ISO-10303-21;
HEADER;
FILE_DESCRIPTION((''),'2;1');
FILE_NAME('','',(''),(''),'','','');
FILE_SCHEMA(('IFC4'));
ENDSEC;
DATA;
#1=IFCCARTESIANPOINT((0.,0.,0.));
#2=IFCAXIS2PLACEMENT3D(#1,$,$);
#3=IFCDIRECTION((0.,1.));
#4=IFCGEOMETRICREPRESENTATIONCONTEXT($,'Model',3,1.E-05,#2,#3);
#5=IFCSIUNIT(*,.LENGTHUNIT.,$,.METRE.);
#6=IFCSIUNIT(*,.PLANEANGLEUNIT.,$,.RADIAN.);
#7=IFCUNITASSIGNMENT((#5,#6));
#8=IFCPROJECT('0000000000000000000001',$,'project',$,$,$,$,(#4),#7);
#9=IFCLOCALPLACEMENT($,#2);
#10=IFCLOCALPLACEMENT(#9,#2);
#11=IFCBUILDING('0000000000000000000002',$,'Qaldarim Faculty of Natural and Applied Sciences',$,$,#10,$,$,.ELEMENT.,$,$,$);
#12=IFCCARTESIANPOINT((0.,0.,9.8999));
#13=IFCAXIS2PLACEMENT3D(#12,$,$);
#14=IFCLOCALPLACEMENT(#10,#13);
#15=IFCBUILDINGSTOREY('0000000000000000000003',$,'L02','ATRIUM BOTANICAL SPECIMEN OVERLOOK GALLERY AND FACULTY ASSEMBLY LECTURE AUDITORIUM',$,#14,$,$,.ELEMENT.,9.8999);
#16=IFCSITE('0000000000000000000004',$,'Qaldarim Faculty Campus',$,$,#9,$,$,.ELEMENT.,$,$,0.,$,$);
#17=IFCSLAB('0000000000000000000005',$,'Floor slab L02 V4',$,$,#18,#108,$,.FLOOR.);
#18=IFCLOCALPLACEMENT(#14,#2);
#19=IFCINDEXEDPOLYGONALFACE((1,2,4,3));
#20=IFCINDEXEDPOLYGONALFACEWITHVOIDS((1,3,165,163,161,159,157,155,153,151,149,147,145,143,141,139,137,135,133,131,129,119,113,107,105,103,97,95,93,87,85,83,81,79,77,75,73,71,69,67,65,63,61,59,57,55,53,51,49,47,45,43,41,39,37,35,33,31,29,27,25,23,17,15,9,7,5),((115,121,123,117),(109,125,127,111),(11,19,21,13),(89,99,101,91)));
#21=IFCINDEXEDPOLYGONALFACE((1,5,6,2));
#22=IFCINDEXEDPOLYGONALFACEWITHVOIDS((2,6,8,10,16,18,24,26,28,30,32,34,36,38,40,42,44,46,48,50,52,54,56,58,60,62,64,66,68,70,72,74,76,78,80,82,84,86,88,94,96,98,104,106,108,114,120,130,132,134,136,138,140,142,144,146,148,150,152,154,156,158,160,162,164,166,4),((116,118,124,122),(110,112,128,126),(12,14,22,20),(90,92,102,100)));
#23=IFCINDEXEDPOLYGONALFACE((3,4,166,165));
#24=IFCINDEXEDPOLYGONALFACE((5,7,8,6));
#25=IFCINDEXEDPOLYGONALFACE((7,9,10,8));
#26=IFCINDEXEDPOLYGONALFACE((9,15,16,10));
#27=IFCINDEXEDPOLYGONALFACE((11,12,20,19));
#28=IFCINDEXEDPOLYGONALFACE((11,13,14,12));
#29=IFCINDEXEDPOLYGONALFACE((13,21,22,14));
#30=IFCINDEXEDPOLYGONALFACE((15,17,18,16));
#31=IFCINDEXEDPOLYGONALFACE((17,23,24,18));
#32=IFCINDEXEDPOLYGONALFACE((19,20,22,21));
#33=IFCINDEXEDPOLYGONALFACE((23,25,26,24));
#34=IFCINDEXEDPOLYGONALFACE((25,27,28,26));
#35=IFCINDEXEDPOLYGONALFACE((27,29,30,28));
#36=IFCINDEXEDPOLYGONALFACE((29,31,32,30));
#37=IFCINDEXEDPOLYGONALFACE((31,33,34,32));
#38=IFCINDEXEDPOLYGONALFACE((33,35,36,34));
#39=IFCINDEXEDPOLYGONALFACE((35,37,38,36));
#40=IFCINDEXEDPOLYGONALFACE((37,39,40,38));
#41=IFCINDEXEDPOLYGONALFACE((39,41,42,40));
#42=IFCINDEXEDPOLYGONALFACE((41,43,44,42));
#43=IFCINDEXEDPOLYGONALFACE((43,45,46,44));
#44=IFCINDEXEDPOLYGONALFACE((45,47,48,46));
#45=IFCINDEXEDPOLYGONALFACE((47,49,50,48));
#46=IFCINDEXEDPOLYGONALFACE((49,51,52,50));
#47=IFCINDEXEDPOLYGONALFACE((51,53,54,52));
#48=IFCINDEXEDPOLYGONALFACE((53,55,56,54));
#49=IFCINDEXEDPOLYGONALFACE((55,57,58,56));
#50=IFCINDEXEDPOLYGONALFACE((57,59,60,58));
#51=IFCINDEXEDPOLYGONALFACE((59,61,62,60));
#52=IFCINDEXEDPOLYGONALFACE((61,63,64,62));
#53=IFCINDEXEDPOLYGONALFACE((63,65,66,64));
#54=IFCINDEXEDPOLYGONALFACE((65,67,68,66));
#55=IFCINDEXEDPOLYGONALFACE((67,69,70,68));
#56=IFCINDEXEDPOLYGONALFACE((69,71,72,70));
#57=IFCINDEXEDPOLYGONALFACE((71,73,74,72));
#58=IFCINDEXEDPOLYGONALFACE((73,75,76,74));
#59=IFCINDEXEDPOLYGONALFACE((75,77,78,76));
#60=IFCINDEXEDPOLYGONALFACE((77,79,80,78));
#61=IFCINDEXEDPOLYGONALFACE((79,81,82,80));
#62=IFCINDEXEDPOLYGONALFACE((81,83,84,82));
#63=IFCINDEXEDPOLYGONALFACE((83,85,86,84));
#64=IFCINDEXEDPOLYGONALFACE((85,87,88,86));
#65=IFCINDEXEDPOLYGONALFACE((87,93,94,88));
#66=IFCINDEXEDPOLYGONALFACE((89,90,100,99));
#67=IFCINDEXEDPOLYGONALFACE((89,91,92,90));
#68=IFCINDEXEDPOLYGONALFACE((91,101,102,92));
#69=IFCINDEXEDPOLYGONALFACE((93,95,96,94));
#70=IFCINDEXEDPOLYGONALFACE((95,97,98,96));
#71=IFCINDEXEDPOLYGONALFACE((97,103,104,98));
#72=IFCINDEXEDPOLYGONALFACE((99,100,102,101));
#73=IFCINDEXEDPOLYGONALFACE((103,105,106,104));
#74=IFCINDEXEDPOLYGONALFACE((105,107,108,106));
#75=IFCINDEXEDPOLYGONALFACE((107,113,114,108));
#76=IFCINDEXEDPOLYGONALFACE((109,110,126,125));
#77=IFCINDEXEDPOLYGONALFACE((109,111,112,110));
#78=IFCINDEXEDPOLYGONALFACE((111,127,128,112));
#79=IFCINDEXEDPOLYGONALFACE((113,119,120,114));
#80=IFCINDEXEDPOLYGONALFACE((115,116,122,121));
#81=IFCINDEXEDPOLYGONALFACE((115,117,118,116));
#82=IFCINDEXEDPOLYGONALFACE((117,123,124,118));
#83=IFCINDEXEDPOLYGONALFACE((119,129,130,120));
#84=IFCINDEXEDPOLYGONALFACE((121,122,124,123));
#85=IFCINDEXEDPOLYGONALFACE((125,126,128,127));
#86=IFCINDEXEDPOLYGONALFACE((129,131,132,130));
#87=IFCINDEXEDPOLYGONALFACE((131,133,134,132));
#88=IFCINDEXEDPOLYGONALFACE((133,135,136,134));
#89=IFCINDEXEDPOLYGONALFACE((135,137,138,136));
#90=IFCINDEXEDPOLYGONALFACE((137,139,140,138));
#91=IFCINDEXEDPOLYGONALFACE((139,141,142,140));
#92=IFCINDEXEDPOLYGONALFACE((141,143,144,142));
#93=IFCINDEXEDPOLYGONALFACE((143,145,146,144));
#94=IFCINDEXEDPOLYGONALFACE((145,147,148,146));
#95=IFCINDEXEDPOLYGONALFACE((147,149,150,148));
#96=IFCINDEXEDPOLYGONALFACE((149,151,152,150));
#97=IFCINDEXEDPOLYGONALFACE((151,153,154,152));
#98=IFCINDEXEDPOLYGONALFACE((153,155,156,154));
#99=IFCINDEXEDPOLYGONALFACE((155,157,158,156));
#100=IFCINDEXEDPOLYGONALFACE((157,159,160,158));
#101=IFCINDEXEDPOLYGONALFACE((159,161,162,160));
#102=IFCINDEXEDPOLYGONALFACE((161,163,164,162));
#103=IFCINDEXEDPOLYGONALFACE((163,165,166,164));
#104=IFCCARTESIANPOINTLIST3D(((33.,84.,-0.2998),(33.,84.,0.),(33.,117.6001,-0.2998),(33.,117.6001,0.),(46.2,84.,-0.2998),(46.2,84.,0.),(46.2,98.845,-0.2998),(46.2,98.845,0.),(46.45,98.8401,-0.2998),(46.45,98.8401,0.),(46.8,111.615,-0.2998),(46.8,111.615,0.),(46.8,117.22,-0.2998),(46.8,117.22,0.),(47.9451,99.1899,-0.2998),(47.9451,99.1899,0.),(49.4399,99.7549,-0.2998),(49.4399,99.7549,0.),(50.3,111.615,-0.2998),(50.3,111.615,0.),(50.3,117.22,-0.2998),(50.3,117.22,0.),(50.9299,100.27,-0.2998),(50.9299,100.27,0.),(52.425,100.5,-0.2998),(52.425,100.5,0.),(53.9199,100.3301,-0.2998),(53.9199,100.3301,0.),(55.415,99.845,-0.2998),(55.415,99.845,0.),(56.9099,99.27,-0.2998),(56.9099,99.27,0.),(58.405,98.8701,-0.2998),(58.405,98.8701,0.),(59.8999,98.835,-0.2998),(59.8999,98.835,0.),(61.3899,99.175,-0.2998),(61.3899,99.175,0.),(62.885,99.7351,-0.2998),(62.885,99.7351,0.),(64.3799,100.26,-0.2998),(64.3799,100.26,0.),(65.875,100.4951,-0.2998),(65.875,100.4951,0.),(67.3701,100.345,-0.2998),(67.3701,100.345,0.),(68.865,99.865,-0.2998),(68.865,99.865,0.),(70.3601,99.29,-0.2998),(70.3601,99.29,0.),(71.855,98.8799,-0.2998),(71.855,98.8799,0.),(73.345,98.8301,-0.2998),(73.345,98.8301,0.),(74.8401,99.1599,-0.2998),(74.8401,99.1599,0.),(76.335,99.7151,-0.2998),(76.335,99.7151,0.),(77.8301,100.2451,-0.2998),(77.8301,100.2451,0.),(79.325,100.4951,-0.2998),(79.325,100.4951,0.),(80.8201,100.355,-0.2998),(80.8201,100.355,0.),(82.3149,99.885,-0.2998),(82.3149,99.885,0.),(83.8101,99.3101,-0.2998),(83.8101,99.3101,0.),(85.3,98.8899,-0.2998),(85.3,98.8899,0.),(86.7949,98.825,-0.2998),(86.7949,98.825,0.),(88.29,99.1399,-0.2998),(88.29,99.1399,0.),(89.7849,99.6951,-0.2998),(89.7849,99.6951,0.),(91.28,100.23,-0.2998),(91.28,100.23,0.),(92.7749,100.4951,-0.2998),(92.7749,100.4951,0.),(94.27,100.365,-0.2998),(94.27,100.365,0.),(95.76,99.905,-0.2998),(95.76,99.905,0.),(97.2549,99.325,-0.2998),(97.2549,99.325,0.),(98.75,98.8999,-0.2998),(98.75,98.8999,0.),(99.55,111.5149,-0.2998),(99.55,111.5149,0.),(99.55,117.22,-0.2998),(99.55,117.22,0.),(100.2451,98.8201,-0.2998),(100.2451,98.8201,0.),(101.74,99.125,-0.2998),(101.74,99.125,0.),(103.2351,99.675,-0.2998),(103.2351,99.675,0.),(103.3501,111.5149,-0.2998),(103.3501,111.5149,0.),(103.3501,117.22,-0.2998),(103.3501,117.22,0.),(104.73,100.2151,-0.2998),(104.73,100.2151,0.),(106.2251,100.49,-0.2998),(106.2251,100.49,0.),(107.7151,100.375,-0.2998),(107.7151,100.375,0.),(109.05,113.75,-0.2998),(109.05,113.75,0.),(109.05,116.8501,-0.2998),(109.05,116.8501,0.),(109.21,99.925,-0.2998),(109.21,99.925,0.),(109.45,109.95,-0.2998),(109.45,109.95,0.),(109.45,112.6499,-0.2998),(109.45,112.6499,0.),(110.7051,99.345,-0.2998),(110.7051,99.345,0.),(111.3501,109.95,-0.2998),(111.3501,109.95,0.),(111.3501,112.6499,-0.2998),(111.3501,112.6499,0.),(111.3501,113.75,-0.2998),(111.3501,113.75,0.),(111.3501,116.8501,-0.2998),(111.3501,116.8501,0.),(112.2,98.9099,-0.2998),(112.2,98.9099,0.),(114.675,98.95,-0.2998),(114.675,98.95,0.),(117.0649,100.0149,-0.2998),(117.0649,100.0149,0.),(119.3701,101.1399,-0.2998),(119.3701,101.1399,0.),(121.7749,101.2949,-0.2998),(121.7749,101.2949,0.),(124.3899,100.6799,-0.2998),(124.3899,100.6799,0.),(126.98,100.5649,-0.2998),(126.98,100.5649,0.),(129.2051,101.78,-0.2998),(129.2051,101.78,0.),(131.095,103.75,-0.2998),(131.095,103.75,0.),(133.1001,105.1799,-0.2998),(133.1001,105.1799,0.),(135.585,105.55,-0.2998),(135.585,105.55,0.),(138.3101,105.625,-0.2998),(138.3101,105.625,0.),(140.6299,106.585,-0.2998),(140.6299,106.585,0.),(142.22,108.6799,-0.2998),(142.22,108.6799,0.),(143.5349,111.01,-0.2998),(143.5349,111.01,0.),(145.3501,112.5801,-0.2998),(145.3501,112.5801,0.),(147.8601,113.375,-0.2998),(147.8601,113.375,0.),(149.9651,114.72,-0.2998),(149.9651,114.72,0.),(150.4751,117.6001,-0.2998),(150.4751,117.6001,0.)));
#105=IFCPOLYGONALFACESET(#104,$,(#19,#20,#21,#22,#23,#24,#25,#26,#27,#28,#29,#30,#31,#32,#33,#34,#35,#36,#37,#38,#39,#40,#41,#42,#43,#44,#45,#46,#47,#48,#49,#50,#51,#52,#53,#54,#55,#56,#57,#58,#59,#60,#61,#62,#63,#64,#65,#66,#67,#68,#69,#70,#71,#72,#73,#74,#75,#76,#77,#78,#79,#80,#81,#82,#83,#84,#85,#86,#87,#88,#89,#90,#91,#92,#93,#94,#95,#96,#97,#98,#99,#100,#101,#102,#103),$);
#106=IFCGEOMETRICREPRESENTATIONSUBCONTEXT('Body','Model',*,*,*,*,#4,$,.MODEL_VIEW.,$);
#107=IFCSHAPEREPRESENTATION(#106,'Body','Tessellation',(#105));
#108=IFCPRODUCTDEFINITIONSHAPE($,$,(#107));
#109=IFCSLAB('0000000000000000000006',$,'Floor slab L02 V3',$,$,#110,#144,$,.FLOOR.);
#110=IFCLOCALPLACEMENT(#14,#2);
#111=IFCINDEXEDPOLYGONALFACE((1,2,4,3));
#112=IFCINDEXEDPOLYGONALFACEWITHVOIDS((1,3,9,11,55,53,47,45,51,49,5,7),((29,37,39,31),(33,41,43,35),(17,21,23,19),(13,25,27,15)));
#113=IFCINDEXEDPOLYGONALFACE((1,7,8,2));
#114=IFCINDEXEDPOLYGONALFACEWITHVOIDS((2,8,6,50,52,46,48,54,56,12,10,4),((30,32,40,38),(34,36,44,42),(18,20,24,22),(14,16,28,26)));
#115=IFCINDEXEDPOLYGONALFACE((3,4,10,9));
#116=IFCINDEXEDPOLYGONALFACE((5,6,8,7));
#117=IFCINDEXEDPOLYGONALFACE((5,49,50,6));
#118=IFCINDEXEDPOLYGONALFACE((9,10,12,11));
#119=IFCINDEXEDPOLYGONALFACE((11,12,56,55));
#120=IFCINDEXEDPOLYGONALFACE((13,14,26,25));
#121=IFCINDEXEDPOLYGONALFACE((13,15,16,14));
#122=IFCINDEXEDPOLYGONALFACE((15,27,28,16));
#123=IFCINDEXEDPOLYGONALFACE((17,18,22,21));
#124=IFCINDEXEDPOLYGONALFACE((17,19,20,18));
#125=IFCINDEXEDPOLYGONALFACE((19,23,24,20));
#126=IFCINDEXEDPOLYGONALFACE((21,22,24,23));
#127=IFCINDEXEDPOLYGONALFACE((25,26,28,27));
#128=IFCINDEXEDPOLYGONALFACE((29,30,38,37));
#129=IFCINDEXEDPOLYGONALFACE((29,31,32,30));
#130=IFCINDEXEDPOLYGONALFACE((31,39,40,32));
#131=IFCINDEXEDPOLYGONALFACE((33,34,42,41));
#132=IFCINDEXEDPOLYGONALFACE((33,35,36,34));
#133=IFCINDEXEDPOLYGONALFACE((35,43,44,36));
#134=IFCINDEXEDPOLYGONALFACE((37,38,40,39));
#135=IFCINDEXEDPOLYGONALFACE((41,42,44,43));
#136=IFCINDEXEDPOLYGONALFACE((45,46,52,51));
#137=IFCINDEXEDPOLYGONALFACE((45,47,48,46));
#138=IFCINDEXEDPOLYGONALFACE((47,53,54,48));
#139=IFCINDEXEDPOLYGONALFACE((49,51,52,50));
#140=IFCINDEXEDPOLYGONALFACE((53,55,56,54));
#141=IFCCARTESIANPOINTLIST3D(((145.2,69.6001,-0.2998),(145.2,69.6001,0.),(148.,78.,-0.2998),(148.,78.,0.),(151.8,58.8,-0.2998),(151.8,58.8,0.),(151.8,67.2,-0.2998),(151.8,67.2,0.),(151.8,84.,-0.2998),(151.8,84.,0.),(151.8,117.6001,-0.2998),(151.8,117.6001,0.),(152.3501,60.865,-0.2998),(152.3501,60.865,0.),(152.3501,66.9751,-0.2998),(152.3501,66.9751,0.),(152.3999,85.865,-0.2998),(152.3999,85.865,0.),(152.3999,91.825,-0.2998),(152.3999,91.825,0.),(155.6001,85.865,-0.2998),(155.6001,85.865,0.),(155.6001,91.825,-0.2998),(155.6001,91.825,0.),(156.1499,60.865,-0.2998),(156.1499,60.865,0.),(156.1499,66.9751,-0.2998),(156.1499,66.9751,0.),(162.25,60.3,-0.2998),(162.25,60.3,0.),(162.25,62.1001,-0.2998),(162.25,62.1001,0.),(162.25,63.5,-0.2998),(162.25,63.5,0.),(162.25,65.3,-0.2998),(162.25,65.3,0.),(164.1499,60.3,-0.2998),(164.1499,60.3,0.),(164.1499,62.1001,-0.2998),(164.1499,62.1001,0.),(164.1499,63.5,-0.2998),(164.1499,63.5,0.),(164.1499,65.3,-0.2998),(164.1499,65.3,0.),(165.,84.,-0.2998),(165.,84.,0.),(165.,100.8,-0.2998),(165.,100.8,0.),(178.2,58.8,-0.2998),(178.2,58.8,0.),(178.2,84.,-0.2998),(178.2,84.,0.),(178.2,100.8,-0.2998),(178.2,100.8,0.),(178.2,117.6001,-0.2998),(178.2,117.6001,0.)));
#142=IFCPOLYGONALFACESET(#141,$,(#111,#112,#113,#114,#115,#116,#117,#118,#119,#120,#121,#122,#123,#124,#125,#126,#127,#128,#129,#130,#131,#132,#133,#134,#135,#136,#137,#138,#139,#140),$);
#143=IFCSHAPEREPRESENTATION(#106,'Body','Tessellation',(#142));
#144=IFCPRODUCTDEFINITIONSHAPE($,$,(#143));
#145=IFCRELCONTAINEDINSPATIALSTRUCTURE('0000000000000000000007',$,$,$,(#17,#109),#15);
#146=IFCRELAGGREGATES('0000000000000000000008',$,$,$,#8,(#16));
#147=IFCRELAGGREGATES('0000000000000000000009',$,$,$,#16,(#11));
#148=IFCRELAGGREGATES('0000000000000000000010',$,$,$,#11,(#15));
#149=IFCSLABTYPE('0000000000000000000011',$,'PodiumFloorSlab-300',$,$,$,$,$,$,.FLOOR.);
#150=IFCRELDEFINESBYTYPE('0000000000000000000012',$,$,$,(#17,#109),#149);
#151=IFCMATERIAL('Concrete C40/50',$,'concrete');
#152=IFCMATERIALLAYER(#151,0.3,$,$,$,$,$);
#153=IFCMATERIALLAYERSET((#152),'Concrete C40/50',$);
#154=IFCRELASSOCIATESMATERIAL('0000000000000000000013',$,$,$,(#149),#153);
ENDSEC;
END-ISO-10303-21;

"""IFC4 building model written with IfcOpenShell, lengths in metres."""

from ifc_helpers import new_model, si_unit, direction, frame, origin, place, context, subcontext, project, spatial, polyline, outline, extrude, material, layer, layer_set, type_object, element, save


model = new_model("IFC4")

# Units and contexts
model_context = context("Model", 3, precision=1e-05, world=origin(), true_north=direction((0.0, 1.0)))
body_context = subcontext(model_context, "Body", "Model", "MODEL_VIEW")
ifc_project = project(units=[si_unit("LENGTHUNIT", "METRE"), si_unit("PLANEANGLEUNIT", "RADIAN")], contexts=[model_context])

# Site, building, storey
site_placement = place(None, origin())
site = spatial("IfcSite", under=ifc_project, at=site_placement, Name="Qaldarim Faculty Campus", CompositionType="ELEMENT", RefElevation=0.0)
building_placement = place(site_placement, origin())
building = spatial("IfcBuilding", under=site, at=building_placement, Name="Qaldarim Faculty of Natural and Applied Sciences", CompositionType="ELEMENT")
storey_placement = place(building_placement, frame((0.0, 0.0, 9.8999)))
storey = spatial("IfcBuildingStorey", under=building, at=storey_placement, Name="L02", Description="ATRIUM BOTANICAL SPECIMEN OVERLOOK GALLERY AND FACULTY ASSEMBLY LECTURE AUDITORIUM", CompositionType="ELEMENT", Elevation=9.8999)

# Slabs
ifc_material_1 = material(Name="Concrete C40/50", Category="concrete")
ifc_layer_1 = layer(ifc_material_1, 0.3)
ifc_layer_set_1 = layer_set([ifc_layer_1], Name="Concrete C40/50")
slab_type_1 = type_object("IfcSlabType", Name="PodiumFloorSlab-300", PredefinedType="FLOOR", material=ifc_layer_set_1)
slab_1_placement = place(storey_placement, frame((0.0, 0.0, -0.2998)))
element("IfcSlab", 1, at=slab_1_placement, inside=storey, type_object=slab_type_1, Name="Floor slab L02 V4", PredefinedType="FLOOR", context=body_context, shape_type="SweptSolid", body=[
    extrude(outline(polyline([(33.0, 84.0), (33.0, 117.6001), (150.4751, 117.6001), (149.9651, 114.72), (147.8601, 113.375), (145.3501, 112.5801), (143.5349, 111.01), (142.22, 108.6799), (140.6299, 106.585), (138.3101, 105.625), (135.585, 105.55), (133.1001, 105.1799), (131.095, 103.75), (129.2051, 101.78), (126.98, 100.5649), (124.3899, 100.6799), (121.7749, 101.2949), (119.3701, 101.1399), (117.0649, 100.0149), (114.675, 98.95), (112.2, 98.9099), (110.7051, 99.345), (109.21, 99.925), (107.7151, 100.375), (106.2251, 100.49), (104.73, 100.2151), (103.2351, 99.675), (101.74, 99.125), (100.2451, 98.8201), (98.75, 98.8999), (97.2549, 99.325), (95.76, 99.905), (94.27, 100.365), (92.7749, 100.4951), (91.28, 100.23), (89.7849, 99.6951), (88.29, 99.1399), (86.7949, 98.825), (85.3, 98.8899), (83.8101, 99.3101), (82.3149, 99.885), (80.8201, 100.355), (79.325, 100.4951), (77.8301, 100.2451), (76.335, 99.7151), (74.8401, 99.1599), (73.345, 98.8301), (71.855, 98.8799), (70.3601, 99.29), (68.865, 99.865), (67.3701, 100.345), (65.875, 100.4951), (64.3799, 100.26), (62.885, 99.7351), (61.3899, 99.175), (59.8999, 98.835), (58.405, 98.8701), (56.9099, 99.27), (55.415, 99.845), (53.9199, 100.3301), (52.425, 100.5), (50.9299, 100.27), (49.4399, 99.7549), (47.9451, 99.1899), (46.45, 98.8401), (46.2, 98.845), (46.2, 84.0), (33.0, 84.0)]), holes=[polyline([(103.3501, 111.5149), (103.3501, 117.22), (99.55, 117.22), (99.55, 111.5149), (103.3501, 111.5149)]), polyline([(50.3, 111.615), (50.3, 117.22), (46.8, 117.22), (46.8, 111.615), (50.3, 111.615)]), polyline([(109.45, 109.95), (111.3501, 109.95), (111.3501, 112.6499), (109.45, 112.6499), (109.45, 109.95)]), polyline([(109.05, 113.75), (111.3501, 113.75), (111.3501, 116.8501), (109.05, 116.8501), (109.05, 113.75)])]), origin(), (0.0, 0.0, 1.0), 0.2998),
])
slab_2_placement = place(storey_placement, frame((0.0, 0.0, -0.2998)))
element("IfcSlab", 2, at=slab_2_placement, inside=storey, type_object=slab_type_1, Name="Floor slab L02 V3", PredefinedType="FLOOR", context=body_context, shape_type="SweptSolid", body=[
    extrude(outline(polyline([(148.0, 78.0), (151.8, 84.0), (151.8, 117.6001), (178.2, 117.6001), (178.2, 100.8), (165.0, 100.8), (165.0, 84.0), (178.2, 84.0), (178.2, 58.8), (151.8, 58.8), (151.8, 67.2), (145.2, 69.6001), (148.0, 78.0)]), holes=[polyline([(156.1499, 60.865), (156.1499, 66.9751), (152.3501, 66.9751), (152.3501, 60.865), (156.1499, 60.865)]), polyline([(155.6001, 85.865), (155.6001, 91.825), (152.3999, 91.825), (152.3999, 85.865), (155.6001, 85.865)]), polyline([(162.25, 60.3), (164.1499, 60.3), (164.1499, 62.1001), (162.25, 62.1001), (162.25, 60.3)]), polyline([(162.25, 63.5), (164.1499, 63.5), (164.1499, 65.3), (162.25, 65.3), (162.25, 63.5)])]), origin(), (0.0, 0.0, 1.0), 0.2998),
])

save(model, "model.ifc")
